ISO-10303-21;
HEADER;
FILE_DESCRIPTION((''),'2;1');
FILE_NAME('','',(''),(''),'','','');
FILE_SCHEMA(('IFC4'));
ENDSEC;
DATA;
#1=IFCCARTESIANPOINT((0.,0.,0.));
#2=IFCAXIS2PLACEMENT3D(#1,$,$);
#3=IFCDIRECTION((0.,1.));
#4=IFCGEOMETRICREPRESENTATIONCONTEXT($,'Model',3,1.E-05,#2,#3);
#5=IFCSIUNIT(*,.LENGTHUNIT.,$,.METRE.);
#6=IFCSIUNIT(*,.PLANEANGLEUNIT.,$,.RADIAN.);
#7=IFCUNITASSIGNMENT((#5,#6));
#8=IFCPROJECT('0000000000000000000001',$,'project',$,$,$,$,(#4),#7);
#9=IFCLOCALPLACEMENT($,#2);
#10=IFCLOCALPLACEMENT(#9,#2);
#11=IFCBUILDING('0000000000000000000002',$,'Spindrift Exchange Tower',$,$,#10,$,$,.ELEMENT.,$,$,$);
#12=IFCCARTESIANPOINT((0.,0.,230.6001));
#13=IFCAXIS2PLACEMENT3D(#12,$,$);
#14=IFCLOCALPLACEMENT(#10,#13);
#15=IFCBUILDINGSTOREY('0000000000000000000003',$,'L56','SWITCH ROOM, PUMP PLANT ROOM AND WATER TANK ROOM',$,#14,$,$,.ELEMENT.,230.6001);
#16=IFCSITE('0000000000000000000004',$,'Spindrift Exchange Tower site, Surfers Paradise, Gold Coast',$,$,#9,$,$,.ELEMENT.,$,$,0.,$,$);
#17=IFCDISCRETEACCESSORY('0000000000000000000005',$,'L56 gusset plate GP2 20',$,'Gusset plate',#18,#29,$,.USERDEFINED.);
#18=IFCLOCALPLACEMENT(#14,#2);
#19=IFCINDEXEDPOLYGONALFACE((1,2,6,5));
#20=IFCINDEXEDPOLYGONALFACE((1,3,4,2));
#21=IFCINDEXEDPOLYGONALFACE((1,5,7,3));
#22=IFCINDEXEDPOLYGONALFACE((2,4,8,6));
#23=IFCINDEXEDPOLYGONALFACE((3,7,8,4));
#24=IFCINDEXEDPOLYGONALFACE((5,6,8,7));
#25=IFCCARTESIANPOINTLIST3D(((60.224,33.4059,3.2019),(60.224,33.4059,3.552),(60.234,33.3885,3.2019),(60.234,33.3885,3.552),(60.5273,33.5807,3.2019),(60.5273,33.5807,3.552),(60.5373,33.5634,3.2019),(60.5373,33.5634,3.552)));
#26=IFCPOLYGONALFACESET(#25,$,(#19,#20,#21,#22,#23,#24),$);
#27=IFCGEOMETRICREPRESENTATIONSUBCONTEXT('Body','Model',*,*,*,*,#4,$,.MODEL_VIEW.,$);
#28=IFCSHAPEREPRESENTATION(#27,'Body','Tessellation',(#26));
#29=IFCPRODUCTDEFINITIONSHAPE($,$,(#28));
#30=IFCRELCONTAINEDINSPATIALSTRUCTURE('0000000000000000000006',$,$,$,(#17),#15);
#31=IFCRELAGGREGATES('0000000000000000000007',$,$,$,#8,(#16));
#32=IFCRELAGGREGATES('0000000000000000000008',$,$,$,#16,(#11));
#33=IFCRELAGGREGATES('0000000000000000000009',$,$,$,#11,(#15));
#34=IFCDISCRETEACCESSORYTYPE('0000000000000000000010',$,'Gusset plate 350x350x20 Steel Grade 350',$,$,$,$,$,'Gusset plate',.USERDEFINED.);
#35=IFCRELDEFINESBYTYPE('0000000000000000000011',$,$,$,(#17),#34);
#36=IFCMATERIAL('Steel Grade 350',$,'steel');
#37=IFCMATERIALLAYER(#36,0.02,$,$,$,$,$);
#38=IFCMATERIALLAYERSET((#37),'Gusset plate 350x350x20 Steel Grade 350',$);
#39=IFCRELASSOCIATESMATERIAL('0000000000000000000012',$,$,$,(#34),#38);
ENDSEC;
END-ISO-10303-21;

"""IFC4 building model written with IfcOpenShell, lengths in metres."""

from ifc_helpers import new_model, si_unit, direction, frame, origin, origin_2d, place, context, subcontext, project, spatial, rectangle, extrude, source, transform, mapped, material, layer, layer_set, type_object, element, save


model = new_model("IFC4")

# Units and contexts
model_context = context("Model", 3, precision=1e-05, world=origin(), true_north=direction((0.0, 1.0)))
body_context = subcontext(model_context, "Body", "Model", "MODEL_VIEW")
ifc_project = project(units=[si_unit("LENGTHUNIT", "METRE"), si_unit("PLANEANGLEUNIT", "RADIAN")], contexts=[model_context])

# Site, building, storey
site_placement = place(None, origin())
site = spatial("IfcSite", under=ifc_project, at=site_placement, Name="Spindrift Exchange Tower site, Surfers Paradise, Gold Coast", CompositionType="ELEMENT", RefElevation=0.0)
building_placement = place(site_placement, origin())
building = spatial("IfcBuilding", under=site, at=building_placement, Name="Spindrift Exchange Tower", CompositionType="ELEMENT")
storey_placement = place(building_placement, frame((0.0, 0.0, 230.6001)))
storey = spatial("IfcBuildingStorey", under=building, at=storey_placement, Name="L56", Description="SWITCH ROOM, PUMP PLANT ROOM AND WATER TANK ROOM", CompositionType="ELEMENT", Elevation=230.6001)

# Shared definitions
ifc_material_1 = material(Name="Steel Grade 350", Category="steel")

# Discrete accessory
ifc_layer_1 = layer(ifc_material_1, 0.02)
ifc_layer_set_1 = layer_set([ifc_layer_1], Name="Gusset plate 350x350x20 Steel Grade 350")
discrete_accessory_type_1 = type_object("IfcDiscreteAccessoryType", Name="Gusset plate 350x350x20 Steel Grade 350", ElementType="Gusset plate", PredefinedType="USERDEFINED", material=ifc_layer_set_1)
shared_shape_1 = source(origin(), body_context, "Body", "SweptSolid", [
    extrude(rectangle(XDim=0.3501, YDim=0.02, at=origin_2d()), origin(), (0.0, 0.0, 1.0), 0.3501),
])
for number, where, z_axis, x_axis, name in (
    (1, (60.3806, 33.4846, 3.2019), (0.0, 0.0, 1.0), (0.866363, 0.499415, 0.0), "L56 gusset plate GP2 20"),
):
    element("IfcDiscreteAccessory", number, at=place(storey_placement, frame(where, z_axis=z_axis, x_axis=x_axis)), inside=storey, type_object=discrete_accessory_type_1, Name=name, ObjectType="Gusset plate", PredefinedType="USERDEFINED", context=body_context, shape_type="MappedRepresentation", body=[
        mapped(shared_shape_1, transform((0.0, 0.0, 0.0), scale=1.0)),
    ])

save(model, "model.ifc")
